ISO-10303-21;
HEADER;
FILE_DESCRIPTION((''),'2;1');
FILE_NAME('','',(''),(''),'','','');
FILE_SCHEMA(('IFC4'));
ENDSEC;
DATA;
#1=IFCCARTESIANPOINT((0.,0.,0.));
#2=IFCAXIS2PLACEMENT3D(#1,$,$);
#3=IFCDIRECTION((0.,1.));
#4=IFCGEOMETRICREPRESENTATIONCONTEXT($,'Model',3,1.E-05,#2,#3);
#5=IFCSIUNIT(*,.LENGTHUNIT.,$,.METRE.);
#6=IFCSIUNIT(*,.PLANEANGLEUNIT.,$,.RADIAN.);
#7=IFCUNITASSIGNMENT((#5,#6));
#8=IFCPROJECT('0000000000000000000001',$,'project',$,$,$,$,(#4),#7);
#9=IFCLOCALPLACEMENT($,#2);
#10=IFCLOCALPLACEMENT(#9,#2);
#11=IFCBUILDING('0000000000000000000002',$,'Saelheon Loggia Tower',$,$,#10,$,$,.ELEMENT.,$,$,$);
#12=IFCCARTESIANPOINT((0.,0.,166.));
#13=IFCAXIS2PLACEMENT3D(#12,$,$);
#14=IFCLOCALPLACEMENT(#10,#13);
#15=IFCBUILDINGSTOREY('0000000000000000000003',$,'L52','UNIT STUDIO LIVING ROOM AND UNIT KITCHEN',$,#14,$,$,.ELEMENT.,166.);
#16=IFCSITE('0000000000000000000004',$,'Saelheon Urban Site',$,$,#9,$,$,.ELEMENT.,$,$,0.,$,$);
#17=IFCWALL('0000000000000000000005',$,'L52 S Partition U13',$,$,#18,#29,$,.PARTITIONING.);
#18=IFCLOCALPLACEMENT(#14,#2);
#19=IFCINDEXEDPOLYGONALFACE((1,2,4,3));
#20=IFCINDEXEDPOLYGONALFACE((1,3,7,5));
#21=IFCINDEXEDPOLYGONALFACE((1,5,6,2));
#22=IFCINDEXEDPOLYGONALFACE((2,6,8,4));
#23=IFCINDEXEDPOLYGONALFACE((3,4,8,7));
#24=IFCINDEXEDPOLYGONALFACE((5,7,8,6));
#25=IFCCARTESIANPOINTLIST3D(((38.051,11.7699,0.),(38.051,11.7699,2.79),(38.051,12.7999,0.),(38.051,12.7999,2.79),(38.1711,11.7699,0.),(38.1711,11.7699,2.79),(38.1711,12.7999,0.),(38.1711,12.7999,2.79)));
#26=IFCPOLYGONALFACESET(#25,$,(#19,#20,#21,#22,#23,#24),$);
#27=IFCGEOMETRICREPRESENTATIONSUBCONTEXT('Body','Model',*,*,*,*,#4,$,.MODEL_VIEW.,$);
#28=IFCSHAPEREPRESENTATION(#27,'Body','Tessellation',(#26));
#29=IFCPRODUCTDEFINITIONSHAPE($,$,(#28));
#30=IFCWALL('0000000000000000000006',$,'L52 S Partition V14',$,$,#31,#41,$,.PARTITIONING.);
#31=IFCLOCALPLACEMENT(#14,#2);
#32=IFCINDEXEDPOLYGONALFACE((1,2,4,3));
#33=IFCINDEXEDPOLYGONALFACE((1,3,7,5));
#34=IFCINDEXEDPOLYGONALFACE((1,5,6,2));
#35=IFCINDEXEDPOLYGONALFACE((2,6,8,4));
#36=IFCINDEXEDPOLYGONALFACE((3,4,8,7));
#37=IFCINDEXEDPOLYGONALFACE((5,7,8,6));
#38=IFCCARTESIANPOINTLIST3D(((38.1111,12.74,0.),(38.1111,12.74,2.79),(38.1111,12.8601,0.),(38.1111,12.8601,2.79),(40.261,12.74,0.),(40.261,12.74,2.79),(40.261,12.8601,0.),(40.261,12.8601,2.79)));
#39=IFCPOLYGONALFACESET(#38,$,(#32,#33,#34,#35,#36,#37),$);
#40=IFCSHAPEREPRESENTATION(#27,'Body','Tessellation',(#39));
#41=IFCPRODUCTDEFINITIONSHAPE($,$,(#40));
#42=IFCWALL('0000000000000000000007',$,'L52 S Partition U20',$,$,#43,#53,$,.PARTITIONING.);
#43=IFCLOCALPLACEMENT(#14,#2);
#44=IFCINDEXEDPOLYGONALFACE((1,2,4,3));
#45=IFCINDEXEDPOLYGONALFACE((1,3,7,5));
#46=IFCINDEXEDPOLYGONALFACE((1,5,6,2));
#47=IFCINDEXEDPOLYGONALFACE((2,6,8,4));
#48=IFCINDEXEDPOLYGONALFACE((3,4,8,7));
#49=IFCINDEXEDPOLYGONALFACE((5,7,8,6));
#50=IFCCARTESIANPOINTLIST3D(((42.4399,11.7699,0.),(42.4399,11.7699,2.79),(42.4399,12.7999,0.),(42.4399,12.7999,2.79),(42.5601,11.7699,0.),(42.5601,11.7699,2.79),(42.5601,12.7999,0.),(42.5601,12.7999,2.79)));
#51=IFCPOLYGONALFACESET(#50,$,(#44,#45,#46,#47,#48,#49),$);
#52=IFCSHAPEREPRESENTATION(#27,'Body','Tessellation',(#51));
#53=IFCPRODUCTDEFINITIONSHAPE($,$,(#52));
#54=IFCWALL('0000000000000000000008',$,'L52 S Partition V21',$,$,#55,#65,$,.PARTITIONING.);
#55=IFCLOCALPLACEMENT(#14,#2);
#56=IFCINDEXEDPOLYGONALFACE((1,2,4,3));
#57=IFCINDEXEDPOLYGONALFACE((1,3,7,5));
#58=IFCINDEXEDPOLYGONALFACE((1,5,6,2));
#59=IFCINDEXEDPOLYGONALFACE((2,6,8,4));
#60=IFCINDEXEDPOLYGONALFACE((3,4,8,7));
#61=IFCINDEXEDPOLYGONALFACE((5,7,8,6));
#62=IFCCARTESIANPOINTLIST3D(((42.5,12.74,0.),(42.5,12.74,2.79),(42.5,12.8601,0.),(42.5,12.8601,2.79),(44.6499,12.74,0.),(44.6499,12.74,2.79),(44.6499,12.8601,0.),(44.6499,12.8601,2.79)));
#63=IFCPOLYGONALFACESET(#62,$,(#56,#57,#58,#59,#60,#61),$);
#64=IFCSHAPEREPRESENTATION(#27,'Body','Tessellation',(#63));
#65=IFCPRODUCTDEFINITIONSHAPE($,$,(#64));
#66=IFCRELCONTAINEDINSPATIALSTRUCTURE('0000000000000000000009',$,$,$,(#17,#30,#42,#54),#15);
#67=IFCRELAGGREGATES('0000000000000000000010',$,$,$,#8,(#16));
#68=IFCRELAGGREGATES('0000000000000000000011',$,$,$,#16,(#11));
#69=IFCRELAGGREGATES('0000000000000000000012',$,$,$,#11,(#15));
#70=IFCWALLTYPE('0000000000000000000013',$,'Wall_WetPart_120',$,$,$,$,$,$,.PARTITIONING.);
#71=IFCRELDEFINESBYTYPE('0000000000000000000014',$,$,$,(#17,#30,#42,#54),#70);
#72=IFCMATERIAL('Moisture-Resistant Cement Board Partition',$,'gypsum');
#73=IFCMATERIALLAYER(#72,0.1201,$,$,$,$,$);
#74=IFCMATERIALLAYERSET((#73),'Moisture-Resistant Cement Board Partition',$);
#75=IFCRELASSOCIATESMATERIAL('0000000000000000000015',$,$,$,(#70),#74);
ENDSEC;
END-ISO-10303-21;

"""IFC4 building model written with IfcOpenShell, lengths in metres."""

from ifc_helpers import new_model, si_unit, direction, frame, frame_2d, origin, place, context, subcontext, project, spatial, rectangle, extrude, material, layer, layer_set, type_object, element, save


model = new_model("IFC4")

# Units and contexts
model_context = context("Model", 3, precision=1e-05, world=origin(), true_north=direction((0.0, 1.0)))
body_context = subcontext(model_context, "Body", "Model", "MODEL_VIEW")
ifc_project = project(units=[si_unit("LENGTHUNIT", "METRE"), si_unit("PLANEANGLEUNIT", "RADIAN")], contexts=[model_context])

# Site, building, storey
site_placement = place(None, origin())
site = spatial("IfcSite", under=ifc_project, at=site_placement, Name="Saelheon Urban Site", CompositionType="ELEMENT", RefElevation=0.0)
building_placement = place(site_placement, origin())
building = spatial("IfcBuilding", under=site, at=building_placement, Name="Saelheon Loggia Tower", CompositionType="ELEMENT")
storey_placement = place(building_placement, frame((0.0, 0.0, 166.0)))
storey = spatial("IfcBuildingStorey", under=building, at=storey_placement, Name="L52", Description="UNIT STUDIO LIVING ROOM AND UNIT KITCHEN", CompositionType="ELEMENT", Elevation=166.0)

# Shared definitions
ifc_material_1 = material(Name="Moisture-Resistant Cement Board Partition", Category="gypsum")
ifc_layer_1 = layer(ifc_material_1, 0.1201)
ifc_layer_set_1 = layer_set([ifc_layer_1], Name="Moisture-Resistant Cement Board Partition")
wall_type_1 = type_object("IfcWallType", Name="Wall_WetPart_120", PredefinedType="PARTITIONING", material=ifc_layer_set_1)

# Walls
wall_1_placement = place(storey_placement, frame((38.1111, 12.8, 0.0), z_axis=(0.0, 0.0, 1.0), x_axis=(0.0, -1.0, 0.0)))
element("IfcWall", 1, at=wall_1_placement, inside=storey, type_object=wall_type_1, Name="L52 S Partition U13", PredefinedType="PARTITIONING", context=body_context, shape_type="SweptSolid", body=[
    extrude(rectangle(XDim=1.03, YDim=0.1201, at=frame_2d((0.5151, 0.0))), origin(), (0.0, 0.0, 1.0), 2.79),
])
wall_2_placement = place(storey_placement, frame((38.1111, 12.8, 0.0), z_axis=(0.0, 0.0, 1.0), x_axis=(1.0, 0.0, 0.0)))
element("IfcWall", 2, at=wall_2_placement, inside=storey, type_object=wall_type_1, Name="L52 S Partition V14", PredefinedType="PARTITIONING", context=body_context, shape_type="SweptSolid", body=[
    extrude(rectangle(XDim=2.1499, YDim=0.1201, at=frame_2d((1.075, 0.0))), origin(), (0.0, 0.0, 1.0), 2.79),
])
wall_3_placement = place(storey_placement, frame((42.5, 12.8, 0.0), z_axis=(0.0, 0.0, 1.0), x_axis=(0.0, -1.0, 0.0)))
element("IfcWall", 3, at=wall_3_placement, inside=storey, type_object=wall_type_1, Name="L52 S Partition U20", PredefinedType="PARTITIONING", context=body_context, shape_type="SweptSolid", body=[
    extrude(rectangle(XDim=1.03, YDim=0.1201, at=frame_2d((0.5151, 0.0))), origin(), (0.0, 0.0, 1.0), 2.79),
])
wall_4_placement = place(storey_placement, frame((42.5, 12.8, 0.0), z_axis=(0.0, 0.0, 1.0), x_axis=(1.0, 0.0, 0.0)))
element("IfcWall", 4, at=wall_4_placement, inside=storey, type_object=wall_type_1, Name="L52 S Partition V21", PredefinedType="PARTITIONING", context=body_context, shape_type="SweptSolid", body=[
    extrude(rectangle(XDim=2.1499, YDim=0.1201, at=frame_2d((1.075, 0.0))), origin(), (0.0, 0.0, 1.0), 2.79),
])

save(model, "model.ifc")
